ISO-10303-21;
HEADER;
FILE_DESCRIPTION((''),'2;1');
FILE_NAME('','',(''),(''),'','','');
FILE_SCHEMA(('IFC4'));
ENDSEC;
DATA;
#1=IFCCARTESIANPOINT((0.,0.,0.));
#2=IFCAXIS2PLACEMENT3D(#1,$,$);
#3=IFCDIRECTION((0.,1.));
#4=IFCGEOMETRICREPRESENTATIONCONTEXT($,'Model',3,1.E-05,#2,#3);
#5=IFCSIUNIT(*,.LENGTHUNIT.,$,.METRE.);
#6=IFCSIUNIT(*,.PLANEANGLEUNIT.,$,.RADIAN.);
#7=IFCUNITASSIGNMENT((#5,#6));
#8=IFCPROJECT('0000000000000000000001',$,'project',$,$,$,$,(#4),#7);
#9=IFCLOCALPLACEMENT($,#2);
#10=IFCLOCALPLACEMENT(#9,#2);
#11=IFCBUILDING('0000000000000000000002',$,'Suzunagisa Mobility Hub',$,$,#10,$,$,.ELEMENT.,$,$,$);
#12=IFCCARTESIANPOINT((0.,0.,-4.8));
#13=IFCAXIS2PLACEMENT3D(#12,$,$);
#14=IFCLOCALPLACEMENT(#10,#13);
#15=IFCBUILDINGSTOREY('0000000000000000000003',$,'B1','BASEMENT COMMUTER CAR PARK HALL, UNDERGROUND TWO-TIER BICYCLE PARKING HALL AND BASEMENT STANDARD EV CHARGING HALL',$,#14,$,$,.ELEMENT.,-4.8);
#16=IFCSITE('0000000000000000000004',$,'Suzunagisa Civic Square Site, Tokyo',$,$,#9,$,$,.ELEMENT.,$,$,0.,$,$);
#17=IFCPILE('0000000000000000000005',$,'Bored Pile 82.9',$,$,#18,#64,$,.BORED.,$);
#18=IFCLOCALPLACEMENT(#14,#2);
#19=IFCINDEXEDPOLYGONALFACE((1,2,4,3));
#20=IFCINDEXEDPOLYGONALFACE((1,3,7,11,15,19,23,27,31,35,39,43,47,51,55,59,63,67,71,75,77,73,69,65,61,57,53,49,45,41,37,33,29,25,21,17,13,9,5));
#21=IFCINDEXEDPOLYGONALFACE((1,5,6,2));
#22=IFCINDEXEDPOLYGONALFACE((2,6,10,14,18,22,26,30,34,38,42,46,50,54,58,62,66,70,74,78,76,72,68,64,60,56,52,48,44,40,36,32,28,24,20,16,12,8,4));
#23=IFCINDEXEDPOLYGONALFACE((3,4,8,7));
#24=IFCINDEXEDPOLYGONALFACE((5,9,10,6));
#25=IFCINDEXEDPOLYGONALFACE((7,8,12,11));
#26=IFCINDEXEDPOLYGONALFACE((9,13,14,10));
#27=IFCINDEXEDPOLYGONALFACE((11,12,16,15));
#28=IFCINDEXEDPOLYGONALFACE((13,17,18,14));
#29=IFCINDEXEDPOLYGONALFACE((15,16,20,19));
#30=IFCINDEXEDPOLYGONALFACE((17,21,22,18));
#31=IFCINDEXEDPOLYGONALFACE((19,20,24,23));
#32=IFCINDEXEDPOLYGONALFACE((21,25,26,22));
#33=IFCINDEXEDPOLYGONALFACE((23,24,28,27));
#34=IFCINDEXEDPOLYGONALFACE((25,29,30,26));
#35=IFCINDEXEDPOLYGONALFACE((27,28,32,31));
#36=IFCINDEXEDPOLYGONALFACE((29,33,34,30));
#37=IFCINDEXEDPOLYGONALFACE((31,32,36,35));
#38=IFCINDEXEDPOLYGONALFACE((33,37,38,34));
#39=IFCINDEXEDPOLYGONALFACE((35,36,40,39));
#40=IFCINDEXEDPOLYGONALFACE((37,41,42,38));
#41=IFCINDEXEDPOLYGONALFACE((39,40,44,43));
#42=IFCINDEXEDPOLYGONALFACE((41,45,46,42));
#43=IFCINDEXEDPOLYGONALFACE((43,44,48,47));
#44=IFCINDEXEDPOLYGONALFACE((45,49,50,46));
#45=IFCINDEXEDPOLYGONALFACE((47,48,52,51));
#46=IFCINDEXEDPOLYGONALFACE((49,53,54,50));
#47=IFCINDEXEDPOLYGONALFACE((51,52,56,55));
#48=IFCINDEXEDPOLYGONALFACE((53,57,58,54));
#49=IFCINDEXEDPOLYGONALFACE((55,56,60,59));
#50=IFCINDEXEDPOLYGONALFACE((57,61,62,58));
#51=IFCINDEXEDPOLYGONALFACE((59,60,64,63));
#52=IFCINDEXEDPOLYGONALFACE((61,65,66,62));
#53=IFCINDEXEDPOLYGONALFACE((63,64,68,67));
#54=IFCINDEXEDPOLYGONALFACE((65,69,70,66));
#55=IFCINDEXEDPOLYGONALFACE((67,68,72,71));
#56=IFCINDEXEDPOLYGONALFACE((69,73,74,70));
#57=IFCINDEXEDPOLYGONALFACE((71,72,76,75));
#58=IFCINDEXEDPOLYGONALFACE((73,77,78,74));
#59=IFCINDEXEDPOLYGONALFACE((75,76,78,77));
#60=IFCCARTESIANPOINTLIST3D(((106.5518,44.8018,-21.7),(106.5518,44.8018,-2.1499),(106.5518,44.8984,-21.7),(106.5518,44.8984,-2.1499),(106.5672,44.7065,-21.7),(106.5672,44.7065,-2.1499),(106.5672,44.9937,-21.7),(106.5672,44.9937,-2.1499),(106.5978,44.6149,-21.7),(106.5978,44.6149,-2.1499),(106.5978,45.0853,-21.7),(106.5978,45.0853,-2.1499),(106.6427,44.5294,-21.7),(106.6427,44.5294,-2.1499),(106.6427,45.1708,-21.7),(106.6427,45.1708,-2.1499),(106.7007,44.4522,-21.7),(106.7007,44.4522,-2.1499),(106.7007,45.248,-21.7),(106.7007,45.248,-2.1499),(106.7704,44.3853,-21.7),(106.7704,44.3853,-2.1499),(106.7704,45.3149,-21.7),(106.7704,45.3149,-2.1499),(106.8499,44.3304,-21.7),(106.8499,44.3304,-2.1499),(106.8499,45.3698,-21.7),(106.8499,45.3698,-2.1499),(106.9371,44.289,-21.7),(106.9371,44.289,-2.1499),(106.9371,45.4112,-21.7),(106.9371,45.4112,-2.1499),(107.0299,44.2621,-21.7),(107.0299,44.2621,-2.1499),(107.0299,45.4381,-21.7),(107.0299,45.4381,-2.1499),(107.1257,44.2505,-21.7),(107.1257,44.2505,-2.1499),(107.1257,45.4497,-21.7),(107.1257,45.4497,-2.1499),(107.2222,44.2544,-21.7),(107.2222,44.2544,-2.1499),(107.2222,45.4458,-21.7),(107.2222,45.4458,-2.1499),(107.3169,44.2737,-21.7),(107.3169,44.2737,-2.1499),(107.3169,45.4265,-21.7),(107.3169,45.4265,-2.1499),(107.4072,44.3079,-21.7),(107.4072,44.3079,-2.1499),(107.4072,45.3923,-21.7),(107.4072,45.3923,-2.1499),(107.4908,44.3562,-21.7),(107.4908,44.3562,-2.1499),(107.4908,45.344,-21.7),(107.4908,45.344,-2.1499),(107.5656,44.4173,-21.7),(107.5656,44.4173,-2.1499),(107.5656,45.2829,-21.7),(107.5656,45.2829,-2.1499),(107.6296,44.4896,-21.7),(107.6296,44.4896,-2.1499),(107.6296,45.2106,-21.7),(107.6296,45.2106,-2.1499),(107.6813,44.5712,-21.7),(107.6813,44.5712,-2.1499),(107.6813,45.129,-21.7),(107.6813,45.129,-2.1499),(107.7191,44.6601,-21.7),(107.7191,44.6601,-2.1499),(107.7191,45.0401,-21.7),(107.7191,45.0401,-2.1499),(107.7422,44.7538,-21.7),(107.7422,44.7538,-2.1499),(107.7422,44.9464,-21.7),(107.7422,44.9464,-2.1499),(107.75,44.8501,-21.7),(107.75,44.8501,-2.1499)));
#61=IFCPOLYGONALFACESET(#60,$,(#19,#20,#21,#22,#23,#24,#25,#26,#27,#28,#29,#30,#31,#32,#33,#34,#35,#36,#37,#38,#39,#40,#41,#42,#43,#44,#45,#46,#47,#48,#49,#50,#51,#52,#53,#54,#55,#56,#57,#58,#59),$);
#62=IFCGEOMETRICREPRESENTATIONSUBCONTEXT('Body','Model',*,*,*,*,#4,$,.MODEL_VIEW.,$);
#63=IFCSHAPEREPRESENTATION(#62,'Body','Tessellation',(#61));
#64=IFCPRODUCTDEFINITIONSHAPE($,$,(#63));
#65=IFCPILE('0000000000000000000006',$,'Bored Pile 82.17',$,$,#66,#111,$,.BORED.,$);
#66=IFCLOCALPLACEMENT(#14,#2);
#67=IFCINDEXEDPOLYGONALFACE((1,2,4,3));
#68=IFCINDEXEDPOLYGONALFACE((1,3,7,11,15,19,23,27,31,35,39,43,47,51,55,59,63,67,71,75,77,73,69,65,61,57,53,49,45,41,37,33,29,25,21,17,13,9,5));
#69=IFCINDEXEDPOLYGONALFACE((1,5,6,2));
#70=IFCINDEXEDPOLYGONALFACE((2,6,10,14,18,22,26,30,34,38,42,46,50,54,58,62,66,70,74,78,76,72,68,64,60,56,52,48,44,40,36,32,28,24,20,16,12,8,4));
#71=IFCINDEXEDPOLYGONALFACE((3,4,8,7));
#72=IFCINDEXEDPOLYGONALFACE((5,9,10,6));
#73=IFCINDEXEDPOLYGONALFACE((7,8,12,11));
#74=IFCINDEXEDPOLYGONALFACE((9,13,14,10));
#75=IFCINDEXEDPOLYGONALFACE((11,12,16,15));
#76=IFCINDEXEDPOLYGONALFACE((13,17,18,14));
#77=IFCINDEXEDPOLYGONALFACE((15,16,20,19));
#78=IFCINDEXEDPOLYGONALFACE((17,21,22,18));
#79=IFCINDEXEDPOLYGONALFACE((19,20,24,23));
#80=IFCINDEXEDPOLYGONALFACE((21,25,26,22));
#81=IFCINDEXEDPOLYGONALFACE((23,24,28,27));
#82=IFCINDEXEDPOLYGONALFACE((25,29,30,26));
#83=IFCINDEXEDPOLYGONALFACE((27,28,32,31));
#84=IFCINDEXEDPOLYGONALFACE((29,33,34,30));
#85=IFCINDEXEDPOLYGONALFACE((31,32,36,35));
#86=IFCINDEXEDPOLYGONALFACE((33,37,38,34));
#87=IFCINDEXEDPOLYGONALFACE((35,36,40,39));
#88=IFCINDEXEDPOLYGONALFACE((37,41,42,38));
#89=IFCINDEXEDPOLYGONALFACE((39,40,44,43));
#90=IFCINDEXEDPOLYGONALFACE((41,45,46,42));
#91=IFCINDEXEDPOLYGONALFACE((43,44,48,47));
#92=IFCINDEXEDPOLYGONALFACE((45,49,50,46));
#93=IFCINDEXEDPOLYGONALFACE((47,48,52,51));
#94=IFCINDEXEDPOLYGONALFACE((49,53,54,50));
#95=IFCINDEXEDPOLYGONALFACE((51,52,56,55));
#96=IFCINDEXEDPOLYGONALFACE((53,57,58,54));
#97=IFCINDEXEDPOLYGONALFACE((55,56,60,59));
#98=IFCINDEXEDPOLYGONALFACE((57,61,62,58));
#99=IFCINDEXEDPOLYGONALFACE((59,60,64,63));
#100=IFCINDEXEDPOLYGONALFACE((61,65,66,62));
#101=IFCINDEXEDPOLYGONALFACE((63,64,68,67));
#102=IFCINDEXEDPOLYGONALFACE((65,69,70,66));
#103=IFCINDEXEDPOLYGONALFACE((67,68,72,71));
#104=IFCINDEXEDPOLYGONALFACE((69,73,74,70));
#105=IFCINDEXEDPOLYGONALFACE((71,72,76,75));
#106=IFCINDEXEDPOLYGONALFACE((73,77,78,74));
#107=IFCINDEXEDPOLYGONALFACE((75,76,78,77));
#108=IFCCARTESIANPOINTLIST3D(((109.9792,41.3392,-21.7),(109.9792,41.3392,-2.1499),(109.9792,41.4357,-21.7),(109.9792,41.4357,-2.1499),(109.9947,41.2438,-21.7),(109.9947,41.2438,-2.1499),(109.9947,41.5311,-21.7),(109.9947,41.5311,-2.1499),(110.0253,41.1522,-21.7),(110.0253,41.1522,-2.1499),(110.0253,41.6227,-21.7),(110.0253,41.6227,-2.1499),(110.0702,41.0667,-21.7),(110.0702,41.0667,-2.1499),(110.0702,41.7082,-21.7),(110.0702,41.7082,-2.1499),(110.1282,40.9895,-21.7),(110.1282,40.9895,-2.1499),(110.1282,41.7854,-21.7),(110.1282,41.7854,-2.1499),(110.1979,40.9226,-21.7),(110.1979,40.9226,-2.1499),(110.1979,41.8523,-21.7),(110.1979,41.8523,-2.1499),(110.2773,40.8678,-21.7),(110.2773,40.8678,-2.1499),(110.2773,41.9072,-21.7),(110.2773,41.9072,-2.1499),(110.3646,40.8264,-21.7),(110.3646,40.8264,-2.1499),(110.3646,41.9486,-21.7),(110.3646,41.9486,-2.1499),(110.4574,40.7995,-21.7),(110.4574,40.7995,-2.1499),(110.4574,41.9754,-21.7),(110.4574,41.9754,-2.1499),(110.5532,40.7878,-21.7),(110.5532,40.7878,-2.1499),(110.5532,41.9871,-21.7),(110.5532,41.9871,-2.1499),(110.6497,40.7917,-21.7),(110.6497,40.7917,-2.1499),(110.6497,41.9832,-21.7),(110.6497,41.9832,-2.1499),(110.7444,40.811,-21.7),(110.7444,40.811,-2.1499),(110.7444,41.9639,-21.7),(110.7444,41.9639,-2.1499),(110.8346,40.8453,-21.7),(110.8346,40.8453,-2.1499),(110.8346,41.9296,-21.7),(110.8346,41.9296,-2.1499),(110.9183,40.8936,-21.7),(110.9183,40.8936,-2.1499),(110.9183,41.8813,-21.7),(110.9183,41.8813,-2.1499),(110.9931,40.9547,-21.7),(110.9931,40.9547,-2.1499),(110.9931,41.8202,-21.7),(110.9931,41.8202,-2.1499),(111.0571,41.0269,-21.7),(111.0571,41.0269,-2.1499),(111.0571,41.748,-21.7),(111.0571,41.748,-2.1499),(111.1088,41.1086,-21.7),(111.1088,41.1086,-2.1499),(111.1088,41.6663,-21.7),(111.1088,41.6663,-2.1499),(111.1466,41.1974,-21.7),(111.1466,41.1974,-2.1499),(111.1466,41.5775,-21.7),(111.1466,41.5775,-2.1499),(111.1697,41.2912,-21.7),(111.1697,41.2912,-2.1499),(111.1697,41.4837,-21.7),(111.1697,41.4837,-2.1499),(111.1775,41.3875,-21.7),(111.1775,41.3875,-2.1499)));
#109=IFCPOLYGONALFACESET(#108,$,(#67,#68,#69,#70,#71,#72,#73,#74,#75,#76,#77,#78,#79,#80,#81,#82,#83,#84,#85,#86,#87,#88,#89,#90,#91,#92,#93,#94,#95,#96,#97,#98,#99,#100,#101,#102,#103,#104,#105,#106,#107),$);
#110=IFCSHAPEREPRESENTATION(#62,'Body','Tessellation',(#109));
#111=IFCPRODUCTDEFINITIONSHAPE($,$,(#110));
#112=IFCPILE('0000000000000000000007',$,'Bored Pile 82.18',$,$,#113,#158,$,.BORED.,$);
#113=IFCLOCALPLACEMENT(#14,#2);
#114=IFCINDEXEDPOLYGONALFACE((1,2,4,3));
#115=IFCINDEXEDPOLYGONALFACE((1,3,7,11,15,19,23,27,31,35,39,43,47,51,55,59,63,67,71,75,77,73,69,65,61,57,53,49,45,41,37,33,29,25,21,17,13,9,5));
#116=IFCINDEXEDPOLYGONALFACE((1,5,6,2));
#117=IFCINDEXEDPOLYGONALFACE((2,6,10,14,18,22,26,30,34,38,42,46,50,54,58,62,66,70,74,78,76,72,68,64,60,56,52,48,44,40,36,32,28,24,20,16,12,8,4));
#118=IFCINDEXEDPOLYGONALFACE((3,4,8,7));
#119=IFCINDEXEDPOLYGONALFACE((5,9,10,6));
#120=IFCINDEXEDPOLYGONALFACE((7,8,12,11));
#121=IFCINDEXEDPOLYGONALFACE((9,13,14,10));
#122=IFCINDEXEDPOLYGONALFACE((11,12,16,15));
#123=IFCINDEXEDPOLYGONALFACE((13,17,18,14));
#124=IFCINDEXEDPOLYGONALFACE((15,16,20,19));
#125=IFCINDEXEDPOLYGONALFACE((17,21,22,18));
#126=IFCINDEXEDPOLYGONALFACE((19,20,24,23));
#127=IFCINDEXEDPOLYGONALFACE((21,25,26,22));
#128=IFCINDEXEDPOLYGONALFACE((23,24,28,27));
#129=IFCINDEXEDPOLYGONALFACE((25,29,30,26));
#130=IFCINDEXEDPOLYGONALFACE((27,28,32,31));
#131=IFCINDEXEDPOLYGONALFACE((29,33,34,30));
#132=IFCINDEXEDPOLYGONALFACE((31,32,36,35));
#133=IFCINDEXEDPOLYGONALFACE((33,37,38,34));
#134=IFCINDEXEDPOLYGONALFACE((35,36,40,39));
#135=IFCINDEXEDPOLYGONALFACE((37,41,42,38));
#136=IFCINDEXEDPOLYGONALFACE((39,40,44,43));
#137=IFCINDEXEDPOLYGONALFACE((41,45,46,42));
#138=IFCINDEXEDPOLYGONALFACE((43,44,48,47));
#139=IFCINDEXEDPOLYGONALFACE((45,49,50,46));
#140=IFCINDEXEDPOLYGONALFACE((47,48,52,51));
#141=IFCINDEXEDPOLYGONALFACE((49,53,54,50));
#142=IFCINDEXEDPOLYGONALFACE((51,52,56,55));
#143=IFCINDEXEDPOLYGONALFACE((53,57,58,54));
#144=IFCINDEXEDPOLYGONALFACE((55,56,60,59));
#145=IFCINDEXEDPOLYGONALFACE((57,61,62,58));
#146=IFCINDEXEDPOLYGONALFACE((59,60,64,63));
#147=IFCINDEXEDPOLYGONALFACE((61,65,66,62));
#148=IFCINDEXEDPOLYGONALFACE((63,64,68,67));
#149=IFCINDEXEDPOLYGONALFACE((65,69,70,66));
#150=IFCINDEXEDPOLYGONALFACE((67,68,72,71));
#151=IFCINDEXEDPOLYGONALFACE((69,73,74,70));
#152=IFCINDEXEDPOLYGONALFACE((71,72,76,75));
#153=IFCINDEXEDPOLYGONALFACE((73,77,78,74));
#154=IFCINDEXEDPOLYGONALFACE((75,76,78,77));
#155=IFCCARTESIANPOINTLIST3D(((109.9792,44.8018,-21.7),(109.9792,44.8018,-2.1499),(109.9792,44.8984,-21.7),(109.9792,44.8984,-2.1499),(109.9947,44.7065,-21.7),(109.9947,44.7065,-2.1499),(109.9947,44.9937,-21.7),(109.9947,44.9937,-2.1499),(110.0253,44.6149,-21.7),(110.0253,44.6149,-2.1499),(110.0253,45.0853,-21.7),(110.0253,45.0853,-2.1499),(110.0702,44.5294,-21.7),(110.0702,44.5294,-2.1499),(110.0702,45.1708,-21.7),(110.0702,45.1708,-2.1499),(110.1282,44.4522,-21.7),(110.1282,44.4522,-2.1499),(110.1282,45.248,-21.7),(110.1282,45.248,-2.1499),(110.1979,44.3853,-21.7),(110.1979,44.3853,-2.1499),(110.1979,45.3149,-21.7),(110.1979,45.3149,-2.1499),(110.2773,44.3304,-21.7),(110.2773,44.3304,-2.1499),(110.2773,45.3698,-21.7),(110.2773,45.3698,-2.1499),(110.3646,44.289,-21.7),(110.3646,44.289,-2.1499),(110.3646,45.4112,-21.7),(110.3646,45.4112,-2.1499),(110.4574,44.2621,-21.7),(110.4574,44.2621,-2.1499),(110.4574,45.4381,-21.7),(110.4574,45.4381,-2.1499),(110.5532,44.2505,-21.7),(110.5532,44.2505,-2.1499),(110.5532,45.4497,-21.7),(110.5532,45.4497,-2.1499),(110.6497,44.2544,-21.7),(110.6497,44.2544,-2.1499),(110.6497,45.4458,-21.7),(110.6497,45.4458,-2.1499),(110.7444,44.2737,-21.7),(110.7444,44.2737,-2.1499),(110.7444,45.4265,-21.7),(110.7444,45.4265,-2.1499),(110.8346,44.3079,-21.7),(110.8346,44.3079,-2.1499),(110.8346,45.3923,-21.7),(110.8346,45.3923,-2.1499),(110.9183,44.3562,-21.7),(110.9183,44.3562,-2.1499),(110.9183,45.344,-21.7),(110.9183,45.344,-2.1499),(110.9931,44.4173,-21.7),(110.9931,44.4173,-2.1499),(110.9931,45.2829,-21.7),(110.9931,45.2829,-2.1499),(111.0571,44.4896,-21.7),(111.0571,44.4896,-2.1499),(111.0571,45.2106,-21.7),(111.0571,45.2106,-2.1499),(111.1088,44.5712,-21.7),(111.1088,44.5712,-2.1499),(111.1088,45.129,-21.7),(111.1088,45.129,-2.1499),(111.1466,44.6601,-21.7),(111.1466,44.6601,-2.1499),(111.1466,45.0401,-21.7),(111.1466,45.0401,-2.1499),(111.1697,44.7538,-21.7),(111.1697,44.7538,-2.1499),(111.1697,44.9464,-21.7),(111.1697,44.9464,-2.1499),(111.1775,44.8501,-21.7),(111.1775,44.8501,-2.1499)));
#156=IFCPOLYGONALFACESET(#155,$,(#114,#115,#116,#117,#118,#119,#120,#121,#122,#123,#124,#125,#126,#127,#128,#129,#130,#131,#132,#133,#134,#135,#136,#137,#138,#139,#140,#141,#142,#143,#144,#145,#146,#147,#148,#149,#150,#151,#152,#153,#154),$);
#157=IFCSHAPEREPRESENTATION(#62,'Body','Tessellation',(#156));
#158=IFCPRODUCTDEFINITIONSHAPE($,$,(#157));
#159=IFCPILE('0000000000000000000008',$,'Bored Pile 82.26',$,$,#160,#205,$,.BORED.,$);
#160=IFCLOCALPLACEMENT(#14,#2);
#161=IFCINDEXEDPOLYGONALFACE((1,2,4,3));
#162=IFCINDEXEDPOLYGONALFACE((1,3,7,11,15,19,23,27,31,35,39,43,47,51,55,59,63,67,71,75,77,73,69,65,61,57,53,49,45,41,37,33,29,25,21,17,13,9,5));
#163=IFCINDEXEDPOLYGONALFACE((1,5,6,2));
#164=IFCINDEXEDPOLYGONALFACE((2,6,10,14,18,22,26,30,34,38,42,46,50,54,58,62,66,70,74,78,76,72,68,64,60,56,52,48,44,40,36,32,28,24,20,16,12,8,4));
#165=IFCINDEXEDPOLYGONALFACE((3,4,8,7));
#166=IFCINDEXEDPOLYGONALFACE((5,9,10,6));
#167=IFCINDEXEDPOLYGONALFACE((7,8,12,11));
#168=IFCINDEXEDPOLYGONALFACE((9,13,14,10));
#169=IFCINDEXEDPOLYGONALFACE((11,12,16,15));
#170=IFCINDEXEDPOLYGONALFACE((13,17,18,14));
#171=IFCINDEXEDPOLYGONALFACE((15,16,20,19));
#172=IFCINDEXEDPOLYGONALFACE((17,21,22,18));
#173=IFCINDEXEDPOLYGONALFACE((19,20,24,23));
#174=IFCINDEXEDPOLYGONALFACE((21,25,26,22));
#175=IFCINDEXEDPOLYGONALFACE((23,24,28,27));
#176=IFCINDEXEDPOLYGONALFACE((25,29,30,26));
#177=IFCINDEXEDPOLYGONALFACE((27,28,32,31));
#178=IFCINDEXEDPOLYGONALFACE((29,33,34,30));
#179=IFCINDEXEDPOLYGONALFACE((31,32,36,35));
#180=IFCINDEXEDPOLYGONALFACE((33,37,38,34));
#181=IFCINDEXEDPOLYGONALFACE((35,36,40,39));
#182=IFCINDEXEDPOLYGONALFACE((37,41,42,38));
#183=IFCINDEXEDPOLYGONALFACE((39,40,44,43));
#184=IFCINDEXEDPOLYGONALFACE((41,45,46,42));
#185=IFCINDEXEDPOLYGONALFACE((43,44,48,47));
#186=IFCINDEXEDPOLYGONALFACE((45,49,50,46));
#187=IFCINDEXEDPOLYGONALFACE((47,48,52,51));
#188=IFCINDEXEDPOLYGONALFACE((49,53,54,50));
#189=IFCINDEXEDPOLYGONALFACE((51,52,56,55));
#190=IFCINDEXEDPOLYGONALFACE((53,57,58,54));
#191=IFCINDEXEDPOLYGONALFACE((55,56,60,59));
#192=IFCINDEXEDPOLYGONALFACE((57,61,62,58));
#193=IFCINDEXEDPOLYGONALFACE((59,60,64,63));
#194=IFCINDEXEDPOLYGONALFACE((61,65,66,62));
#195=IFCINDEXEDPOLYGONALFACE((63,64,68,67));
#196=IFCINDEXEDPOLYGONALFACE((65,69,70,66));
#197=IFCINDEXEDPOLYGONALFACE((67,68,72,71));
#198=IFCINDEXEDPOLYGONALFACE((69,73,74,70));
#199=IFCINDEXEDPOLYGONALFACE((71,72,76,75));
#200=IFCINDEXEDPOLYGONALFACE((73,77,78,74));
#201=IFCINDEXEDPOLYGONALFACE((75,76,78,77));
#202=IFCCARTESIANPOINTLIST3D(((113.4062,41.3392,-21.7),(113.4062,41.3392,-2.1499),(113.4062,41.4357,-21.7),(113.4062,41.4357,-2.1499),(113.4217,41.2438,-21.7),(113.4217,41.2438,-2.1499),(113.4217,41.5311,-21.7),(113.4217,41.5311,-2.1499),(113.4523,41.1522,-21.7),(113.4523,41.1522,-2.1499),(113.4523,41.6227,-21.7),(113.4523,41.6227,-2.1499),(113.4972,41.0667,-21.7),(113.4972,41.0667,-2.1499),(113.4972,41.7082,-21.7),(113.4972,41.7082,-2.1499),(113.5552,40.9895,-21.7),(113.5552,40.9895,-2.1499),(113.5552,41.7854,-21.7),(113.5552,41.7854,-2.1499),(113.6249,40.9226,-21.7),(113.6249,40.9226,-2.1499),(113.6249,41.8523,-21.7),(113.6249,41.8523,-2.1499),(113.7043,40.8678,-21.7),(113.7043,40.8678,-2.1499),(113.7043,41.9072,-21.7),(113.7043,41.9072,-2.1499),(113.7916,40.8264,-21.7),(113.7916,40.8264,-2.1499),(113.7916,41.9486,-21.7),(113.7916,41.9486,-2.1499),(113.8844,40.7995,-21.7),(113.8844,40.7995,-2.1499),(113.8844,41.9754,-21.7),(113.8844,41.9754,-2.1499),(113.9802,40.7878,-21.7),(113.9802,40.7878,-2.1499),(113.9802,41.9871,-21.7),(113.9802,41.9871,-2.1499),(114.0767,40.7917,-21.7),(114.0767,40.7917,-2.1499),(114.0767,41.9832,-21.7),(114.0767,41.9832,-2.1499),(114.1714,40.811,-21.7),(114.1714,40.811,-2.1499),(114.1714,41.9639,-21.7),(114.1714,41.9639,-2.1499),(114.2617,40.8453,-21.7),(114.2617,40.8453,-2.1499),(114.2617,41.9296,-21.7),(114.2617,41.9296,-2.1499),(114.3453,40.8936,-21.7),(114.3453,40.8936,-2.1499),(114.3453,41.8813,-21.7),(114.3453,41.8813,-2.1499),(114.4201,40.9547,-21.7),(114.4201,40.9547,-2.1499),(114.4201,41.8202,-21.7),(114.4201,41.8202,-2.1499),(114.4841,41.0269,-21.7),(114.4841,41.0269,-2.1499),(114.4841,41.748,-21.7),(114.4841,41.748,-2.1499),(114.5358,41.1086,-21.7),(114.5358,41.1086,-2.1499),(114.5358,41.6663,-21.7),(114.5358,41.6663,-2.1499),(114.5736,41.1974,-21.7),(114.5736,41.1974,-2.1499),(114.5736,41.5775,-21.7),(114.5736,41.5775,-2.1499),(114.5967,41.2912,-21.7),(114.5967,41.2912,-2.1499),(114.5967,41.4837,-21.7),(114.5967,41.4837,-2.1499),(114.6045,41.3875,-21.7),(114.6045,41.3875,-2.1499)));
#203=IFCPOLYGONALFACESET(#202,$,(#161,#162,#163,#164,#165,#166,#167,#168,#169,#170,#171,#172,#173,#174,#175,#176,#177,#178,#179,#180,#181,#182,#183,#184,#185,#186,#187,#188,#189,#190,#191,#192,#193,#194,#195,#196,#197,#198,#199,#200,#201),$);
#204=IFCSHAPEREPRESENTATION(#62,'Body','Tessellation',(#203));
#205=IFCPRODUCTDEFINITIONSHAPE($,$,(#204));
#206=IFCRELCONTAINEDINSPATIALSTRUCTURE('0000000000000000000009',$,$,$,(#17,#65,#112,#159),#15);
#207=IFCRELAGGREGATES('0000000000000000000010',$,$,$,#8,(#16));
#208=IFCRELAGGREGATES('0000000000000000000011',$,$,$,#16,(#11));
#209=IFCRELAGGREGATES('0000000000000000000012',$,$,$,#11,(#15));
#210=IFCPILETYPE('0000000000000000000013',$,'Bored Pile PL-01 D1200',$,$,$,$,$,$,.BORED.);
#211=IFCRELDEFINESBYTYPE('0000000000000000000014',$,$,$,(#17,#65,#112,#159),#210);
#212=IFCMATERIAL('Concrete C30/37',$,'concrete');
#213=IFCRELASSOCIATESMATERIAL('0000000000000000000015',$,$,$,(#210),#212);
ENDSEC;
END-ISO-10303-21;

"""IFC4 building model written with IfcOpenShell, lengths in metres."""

from ifc_helpers import new_model, si_unit, direction, frame, origin, origin_2d, place, context, subcontext, project, spatial, circle, extrude, material, material_profile, profile_set, type_object, element, save


model = new_model("IFC4")

# Units and contexts
model_context = context("Model", 3, precision=1e-05, world=origin(), true_north=direction((0.0, 1.0)))
body_context = subcontext(model_context, "Body", "Model", "MODEL_VIEW")
ifc_project = project(units=[si_unit("LENGTHUNIT", "METRE"), si_unit("PLANEANGLEUNIT", "RADIAN")], contexts=[model_context])

# Site, building, storey
site_placement = place(None, origin())
site = spatial("IfcSite", under=ifc_project, at=site_placement, Name="Suzunagisa Civic Square Site, Tokyo", CompositionType="ELEMENT", RefElevation=0.0)
building_placement = place(site_placement, origin())
building = spatial("IfcBuilding", under=site, at=building_placement, Name="Suzunagisa Mobility Hub", CompositionType="ELEMENT")
storey_placement = place(building_placement, frame((0.0, 0.0, -4.8)))
storey = spatial("IfcBuildingStorey", under=building, at=storey_placement, Name="B1", Description="BASEMENT COMMUTER CAR PARK HALL, UNDERGROUND TWO-TIER BICYCLE PARKING HALL AND BASEMENT STANDARD EV CHARGING HALL", CompositionType="ELEMENT", Elevation=-4.8)

# Piles
ifc_material_1 = material(Name="Concrete C30/37", Category="concrete")
ifc_material_profile_1 = material_profile(ifc_material_1, circle(Radius=0.6001, at=origin_2d()), Name="BORED PILE D1200")
ifc_profile_set_1 = profile_set([ifc_material_profile_1], Name="Concrete C30/37")
pile_type_1 = type_object("IfcPileType", Name="Bored Pile PL-01 D1200", PredefinedType="BORED", material=ifc_profile_set_1)
for number, where, z_axis, x_axis, name in (
    (1, (107.1499, 44.8501, -2.1499), (0.0, 0.0, -1.0), (1.0, 0.0, 0.0), "Bored Pile 82.9"),
    (2, (110.5774, 41.3875, -2.1499), (0.0, 0.0, -1.0), (1.0, 0.0, 0.0), "Bored Pile 82.17"),
    (3, (110.5774, 44.8501, -2.1499), (0.0, 0.0, -1.0), (1.0, 0.0, 0.0), "Bored Pile 82.18"),
    (4, (114.0044, 41.3875, -2.1499), (0.0, 0.0, -1.0), (1.0, 0.0, 0.0), "Bored Pile 82.26"),
):
    element("IfcPile", number, at=place(storey_placement, frame(where, z_axis=z_axis, x_axis=x_axis)), inside=storey, type_object=pile_type_1, Name=name, PredefinedType="BORED", context=body_context, shape_type="SweptSolid", body=[
        extrude(circle(Radius=0.6001, at=origin_2d()), origin(), (0.0, 0.0, 1.0), 19.55),
    ])

save(model, "model.ifc")
